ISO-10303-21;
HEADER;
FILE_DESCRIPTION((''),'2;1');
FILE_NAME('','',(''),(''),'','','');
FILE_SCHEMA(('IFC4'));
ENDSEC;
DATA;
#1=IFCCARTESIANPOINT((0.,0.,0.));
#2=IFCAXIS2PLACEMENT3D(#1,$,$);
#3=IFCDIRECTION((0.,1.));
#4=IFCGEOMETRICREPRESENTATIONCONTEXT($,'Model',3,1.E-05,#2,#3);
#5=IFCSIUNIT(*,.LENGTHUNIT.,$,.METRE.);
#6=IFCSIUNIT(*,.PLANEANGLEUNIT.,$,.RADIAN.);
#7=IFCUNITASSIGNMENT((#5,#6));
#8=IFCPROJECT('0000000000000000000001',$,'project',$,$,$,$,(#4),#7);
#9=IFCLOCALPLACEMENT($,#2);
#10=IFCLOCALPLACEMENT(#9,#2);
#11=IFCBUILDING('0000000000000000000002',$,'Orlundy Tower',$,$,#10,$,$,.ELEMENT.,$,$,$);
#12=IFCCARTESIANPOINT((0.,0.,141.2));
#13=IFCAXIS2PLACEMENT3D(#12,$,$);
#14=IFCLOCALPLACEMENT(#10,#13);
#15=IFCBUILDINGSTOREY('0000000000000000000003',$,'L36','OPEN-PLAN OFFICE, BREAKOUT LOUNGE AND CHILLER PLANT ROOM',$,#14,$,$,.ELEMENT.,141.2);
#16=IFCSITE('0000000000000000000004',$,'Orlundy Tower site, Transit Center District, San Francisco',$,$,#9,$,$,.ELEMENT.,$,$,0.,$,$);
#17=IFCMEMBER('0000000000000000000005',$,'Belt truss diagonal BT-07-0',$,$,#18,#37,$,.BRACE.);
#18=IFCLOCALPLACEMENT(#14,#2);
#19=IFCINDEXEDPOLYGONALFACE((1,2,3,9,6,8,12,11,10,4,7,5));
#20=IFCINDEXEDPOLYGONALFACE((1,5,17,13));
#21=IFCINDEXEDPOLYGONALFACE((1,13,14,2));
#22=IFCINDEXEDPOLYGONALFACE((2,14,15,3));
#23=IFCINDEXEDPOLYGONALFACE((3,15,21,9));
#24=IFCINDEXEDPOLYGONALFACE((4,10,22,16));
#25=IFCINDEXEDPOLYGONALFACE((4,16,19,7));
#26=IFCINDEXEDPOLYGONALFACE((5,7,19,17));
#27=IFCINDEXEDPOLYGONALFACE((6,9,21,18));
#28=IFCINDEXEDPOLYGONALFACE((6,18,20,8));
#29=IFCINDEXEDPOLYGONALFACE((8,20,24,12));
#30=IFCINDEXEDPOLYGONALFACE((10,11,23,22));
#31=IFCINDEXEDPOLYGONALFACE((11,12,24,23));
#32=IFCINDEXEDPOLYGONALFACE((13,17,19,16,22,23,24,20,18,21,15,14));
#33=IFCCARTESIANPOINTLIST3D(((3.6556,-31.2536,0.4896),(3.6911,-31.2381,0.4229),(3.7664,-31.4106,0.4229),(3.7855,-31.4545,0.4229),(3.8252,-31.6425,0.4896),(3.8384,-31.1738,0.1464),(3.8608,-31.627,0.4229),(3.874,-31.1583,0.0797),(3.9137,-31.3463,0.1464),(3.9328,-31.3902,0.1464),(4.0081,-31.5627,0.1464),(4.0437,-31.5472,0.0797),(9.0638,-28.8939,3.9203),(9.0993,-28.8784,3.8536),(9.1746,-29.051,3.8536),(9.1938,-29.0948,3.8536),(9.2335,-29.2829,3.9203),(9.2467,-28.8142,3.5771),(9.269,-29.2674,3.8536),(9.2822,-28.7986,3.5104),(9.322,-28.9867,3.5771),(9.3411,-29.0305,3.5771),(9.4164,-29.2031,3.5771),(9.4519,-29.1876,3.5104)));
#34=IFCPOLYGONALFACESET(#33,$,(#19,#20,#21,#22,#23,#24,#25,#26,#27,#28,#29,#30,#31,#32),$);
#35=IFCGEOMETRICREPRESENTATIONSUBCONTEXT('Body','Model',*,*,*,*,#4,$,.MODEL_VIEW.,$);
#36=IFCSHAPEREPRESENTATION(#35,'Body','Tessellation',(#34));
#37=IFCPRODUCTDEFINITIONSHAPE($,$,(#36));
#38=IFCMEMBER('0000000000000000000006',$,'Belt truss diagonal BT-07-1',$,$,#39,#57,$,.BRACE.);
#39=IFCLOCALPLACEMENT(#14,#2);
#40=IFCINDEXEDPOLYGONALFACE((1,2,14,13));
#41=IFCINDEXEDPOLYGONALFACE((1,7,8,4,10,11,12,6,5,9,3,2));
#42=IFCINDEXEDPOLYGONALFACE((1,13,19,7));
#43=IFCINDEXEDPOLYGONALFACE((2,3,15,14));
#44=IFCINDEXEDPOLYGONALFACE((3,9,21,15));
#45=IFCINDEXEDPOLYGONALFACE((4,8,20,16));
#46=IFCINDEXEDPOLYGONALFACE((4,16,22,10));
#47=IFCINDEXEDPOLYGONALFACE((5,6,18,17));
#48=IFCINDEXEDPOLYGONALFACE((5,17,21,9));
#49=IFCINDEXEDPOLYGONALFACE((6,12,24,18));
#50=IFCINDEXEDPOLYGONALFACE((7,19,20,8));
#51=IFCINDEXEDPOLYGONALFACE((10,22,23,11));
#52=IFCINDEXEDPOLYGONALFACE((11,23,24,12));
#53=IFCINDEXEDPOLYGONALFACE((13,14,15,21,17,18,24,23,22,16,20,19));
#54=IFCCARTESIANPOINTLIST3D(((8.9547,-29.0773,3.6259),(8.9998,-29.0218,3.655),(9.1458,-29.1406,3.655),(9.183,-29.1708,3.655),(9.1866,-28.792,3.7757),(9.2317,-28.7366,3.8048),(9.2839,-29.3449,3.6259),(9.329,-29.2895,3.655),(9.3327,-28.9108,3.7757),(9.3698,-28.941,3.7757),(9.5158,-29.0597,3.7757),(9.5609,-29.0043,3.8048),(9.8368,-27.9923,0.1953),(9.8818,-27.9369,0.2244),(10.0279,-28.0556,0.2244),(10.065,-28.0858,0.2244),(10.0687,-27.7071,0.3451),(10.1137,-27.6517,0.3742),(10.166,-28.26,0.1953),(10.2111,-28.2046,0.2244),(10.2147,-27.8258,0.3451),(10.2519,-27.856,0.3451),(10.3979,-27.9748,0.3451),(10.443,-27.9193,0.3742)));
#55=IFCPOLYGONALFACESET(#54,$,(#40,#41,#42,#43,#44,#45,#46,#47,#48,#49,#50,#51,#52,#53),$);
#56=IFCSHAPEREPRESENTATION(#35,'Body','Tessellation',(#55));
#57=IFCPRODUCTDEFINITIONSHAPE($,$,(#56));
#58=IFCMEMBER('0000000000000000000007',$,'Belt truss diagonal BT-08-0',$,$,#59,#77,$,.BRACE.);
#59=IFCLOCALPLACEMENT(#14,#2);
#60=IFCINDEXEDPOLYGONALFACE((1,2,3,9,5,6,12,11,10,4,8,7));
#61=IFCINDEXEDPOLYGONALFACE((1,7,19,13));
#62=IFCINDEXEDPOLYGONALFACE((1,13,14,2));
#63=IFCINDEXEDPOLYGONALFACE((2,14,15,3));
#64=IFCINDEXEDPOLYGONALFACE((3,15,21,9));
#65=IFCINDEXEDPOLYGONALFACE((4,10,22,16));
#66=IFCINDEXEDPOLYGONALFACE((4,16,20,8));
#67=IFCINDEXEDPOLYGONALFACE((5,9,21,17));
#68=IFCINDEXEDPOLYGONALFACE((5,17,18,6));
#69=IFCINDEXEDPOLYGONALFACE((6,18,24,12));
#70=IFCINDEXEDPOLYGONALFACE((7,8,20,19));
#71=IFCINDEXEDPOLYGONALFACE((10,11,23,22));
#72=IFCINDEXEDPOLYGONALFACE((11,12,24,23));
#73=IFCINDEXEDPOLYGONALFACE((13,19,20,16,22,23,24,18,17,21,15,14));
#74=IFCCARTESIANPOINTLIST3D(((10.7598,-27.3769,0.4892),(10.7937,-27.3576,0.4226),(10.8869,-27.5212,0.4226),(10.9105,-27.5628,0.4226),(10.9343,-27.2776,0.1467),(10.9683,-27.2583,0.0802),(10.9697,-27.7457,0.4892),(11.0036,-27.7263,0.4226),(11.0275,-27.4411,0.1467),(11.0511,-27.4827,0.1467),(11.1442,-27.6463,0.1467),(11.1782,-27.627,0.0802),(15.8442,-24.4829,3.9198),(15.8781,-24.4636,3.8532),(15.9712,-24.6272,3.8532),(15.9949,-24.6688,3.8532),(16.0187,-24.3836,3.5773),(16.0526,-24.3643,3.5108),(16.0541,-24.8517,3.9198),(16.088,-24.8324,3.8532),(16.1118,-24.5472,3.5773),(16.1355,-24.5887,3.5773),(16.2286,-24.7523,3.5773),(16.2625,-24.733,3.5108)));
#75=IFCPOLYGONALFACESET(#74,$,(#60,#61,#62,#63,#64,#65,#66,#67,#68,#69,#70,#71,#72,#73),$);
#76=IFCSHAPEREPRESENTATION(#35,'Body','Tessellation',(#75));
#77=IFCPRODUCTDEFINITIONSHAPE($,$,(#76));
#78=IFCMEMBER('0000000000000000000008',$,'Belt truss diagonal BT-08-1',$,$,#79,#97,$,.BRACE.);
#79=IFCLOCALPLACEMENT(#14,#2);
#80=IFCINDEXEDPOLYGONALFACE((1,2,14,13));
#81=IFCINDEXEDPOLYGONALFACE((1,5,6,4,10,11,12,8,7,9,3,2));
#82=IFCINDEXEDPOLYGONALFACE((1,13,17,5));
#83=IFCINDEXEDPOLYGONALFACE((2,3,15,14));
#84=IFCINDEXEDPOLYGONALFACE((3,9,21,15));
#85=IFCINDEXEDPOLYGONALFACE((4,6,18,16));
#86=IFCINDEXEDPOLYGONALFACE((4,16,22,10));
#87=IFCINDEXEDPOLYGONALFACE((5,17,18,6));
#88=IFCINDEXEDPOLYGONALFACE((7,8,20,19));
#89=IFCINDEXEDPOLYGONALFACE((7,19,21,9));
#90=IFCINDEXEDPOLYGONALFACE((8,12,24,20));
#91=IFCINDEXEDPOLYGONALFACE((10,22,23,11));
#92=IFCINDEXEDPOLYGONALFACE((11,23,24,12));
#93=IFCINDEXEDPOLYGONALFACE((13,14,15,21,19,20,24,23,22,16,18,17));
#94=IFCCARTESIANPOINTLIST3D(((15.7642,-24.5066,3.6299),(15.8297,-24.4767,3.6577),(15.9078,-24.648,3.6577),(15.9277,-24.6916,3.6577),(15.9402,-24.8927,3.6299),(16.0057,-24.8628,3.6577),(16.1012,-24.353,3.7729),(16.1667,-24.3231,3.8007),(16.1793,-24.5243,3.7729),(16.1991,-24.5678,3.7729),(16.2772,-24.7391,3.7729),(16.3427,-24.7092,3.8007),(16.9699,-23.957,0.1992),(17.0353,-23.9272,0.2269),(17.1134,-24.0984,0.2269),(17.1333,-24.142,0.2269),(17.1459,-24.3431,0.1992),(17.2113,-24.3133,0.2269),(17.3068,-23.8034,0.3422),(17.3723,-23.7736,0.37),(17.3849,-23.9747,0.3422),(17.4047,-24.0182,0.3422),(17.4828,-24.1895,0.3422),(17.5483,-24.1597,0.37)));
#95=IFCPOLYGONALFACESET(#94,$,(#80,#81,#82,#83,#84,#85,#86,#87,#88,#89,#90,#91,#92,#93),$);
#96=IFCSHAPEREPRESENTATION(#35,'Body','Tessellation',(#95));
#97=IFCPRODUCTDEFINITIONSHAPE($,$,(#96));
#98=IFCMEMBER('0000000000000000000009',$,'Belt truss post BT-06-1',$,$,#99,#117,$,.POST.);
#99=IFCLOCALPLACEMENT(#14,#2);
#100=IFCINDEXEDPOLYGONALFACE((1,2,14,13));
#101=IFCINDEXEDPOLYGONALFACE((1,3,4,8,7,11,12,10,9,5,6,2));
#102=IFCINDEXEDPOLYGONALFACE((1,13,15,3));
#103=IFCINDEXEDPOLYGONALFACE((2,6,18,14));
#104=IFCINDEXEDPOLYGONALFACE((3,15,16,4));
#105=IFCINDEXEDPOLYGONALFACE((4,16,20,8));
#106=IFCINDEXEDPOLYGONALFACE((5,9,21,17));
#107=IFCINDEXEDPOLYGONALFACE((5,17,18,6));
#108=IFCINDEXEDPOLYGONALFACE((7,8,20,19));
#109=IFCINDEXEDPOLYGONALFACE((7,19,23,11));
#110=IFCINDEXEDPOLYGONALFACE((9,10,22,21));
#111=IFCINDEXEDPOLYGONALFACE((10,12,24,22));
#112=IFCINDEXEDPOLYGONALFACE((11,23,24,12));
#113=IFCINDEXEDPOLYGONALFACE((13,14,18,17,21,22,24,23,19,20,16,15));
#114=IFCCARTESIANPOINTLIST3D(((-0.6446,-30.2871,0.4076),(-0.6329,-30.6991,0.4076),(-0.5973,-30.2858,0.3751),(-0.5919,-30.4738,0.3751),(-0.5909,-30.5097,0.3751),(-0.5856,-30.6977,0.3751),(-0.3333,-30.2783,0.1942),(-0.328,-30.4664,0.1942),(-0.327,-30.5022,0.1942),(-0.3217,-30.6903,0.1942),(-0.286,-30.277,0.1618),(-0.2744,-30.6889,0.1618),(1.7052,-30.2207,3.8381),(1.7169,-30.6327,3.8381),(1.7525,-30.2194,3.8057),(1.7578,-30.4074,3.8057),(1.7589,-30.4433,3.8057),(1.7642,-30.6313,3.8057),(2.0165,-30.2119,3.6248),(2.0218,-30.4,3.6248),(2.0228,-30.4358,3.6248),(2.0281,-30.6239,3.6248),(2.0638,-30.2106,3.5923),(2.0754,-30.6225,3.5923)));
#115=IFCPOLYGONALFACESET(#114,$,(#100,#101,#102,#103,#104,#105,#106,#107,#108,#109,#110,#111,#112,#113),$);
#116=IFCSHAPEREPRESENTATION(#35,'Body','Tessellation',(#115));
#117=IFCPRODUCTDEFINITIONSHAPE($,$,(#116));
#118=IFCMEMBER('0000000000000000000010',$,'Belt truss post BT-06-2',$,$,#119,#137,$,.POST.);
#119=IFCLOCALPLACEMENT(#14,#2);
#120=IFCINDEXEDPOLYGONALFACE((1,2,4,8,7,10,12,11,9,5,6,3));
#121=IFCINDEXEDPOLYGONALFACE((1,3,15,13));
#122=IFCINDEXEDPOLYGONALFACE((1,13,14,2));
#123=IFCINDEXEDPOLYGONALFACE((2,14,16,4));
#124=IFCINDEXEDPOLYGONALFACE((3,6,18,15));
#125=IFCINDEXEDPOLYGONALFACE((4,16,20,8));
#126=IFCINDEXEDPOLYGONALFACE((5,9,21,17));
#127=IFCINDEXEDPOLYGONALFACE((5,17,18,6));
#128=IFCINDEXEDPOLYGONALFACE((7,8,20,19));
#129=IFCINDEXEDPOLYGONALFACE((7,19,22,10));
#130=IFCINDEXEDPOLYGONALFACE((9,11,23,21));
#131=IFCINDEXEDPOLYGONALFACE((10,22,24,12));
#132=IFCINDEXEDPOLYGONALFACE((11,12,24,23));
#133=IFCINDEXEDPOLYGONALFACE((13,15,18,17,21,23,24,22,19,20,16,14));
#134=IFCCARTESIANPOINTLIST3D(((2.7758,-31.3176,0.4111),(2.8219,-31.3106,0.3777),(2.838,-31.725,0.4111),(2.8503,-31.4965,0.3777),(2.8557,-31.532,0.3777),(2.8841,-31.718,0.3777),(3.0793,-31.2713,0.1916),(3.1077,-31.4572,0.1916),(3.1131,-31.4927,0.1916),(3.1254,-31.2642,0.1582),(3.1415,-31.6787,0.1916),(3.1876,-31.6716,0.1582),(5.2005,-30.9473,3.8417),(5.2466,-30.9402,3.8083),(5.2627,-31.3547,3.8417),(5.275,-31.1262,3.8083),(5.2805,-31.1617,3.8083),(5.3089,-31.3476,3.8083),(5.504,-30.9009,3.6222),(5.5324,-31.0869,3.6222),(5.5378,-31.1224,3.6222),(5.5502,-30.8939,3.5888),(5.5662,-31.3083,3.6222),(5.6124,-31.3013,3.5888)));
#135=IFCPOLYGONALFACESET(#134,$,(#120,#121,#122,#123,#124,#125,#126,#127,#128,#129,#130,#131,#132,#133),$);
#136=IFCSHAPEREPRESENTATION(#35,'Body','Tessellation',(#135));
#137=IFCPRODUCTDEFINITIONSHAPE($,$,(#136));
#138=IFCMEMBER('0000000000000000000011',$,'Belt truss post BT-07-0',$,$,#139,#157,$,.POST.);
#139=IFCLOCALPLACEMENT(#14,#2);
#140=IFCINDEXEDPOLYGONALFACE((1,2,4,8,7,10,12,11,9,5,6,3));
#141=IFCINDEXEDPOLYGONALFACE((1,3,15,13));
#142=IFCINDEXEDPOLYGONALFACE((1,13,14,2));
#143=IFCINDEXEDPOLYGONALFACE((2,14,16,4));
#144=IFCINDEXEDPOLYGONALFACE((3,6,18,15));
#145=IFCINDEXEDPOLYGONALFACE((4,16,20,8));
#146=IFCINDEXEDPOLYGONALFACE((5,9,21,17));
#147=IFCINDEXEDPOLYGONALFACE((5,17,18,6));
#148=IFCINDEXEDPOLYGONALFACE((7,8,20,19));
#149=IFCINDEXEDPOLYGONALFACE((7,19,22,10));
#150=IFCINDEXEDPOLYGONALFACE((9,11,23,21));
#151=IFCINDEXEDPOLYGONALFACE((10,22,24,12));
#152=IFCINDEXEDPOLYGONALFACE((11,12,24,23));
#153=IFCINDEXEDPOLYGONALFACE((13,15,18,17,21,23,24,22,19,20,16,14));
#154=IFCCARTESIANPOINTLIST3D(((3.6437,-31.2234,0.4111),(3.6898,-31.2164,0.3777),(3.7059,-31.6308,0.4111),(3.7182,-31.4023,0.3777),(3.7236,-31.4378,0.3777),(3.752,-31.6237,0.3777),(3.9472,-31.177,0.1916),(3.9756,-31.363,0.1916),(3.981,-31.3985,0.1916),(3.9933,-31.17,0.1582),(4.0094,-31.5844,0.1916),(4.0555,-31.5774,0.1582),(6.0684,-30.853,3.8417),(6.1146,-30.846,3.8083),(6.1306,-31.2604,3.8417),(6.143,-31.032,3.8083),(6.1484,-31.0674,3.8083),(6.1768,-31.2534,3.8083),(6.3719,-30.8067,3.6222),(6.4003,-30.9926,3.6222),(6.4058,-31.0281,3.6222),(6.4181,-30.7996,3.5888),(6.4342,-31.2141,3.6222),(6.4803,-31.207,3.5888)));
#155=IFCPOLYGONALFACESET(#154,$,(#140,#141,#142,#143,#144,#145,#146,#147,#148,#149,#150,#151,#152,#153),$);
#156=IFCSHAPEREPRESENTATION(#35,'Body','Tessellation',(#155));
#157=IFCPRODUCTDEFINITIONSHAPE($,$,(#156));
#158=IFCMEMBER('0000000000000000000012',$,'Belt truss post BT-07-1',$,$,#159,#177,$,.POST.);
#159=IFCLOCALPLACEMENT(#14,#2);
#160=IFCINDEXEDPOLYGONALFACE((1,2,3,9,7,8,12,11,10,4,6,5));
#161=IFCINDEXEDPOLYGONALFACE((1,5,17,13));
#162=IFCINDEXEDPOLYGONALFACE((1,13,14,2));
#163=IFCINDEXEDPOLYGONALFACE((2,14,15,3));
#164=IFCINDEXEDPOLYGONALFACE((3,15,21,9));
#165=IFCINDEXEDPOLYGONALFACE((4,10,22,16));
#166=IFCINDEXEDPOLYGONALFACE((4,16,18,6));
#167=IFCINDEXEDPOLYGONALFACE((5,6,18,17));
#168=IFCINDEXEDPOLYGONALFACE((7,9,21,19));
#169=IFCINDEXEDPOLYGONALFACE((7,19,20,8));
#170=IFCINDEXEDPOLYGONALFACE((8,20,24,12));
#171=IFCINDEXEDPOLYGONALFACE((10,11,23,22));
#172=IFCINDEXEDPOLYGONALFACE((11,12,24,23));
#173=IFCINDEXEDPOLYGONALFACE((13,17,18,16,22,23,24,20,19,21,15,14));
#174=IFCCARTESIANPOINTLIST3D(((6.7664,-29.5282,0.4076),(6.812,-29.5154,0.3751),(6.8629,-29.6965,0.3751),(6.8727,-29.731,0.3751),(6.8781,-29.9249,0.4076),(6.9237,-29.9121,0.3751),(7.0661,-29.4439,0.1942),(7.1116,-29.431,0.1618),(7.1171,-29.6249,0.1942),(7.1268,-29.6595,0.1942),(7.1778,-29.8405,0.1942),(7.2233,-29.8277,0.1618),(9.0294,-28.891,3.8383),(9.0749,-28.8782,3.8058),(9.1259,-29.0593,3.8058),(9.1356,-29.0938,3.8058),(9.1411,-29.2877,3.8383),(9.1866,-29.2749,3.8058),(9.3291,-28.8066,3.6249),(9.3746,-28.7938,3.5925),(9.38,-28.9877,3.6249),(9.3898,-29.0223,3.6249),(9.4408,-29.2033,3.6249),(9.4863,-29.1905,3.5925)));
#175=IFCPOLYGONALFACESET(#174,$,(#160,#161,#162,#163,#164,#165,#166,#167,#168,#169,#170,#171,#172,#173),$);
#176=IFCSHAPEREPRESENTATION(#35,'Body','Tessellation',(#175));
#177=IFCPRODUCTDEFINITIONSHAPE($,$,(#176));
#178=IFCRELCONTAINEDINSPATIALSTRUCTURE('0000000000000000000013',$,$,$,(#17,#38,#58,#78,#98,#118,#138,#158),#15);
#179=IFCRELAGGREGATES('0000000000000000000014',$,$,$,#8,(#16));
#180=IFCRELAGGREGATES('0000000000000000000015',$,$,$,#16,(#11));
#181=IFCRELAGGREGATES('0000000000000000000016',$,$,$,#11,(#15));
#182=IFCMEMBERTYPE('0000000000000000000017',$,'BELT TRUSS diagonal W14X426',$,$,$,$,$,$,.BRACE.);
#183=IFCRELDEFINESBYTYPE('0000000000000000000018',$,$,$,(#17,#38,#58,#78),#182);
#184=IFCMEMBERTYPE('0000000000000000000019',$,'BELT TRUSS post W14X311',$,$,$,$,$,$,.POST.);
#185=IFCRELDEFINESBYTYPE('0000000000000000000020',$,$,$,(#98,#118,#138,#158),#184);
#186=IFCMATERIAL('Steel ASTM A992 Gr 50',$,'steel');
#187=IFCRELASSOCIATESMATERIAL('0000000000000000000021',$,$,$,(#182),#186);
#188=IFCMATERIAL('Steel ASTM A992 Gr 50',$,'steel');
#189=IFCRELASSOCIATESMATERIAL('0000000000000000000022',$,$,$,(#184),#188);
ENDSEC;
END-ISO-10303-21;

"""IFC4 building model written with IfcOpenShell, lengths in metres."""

from ifc_helpers import new_model, si_unit, direction, frame, origin, origin_2d, place, context, subcontext, project, spatial, i_section, extrude, material, material_profile, profile_set, type_object, element, save


model = new_model("IFC4")

# Units and contexts
model_context = context("Model", 3, precision=1e-05, world=origin(), true_north=direction((0.0, 1.0)))
body_context = subcontext(model_context, "Body", "Model", "MODEL_VIEW")
ifc_project = project(units=[si_unit("LENGTHUNIT", "METRE"), si_unit("PLANEANGLEUNIT", "RADIAN")], contexts=[model_context])

# Site, building, storey
site_placement = place(None, origin())
site = spatial("IfcSite", under=ifc_project, at=site_placement, Name="Orlundy Tower site, Transit Center District, San Francisco", CompositionType="ELEMENT", RefElevation=0.0)
building_placement = place(site_placement, origin())
building = spatial("IfcBuilding", under=site, at=building_placement, Name="Orlundy Tower", CompositionType="ELEMENT")
storey_placement = place(building_placement, frame((0.0, 0.0, 141.2)))
storey = spatial("IfcBuildingStorey", under=building, at=storey_placement, Name="L36", Description="OPEN-PLAN OFFICE, BREAKOUT LOUNGE AND CHILLER PLANT ROOM", CompositionType="ELEMENT", Elevation=141.2)

# Members
ifc_material_1 = material(Name="Steel ASTM A992 Gr 50", Category="steel")
ifc_material_profile_1 = material_profile(ifc_material_1, i_section(OverallWidth=0.4243, OverallDepth=0.4741, WebThickness=0.0479, FlangeThickness=0.0771, at=origin_2d()), Name="W14X426")
ifc_profile_set_1 = profile_set([ifc_material_profile_1], Name="Steel ASTM A992 Gr 50")
member_type_1 = type_object("IfcMemberType", Name="BELT TRUSS diagonal W14X426", PredefinedType="BRACE", material=ifc_profile_set_1)
member_1_placement = place(storey_placement, frame((3.8496, -31.4004, 0.2847), z_axis=(0.792366, 0.345712, 0.502633), x_axis=(-0.399898, 0.91656, 0.0)))
element("IfcMember", 1, at=member_1_placement, inside=storey, type_object=member_type_1, Name="Belt truss diagonal BT-07-0", PredefinedType="BRACE", context=body_context, shape_type="SweptSolid", body=[
    extrude(i_section(OverallWidth=0.4243, OverallDepth=0.4741, WebThickness=0.0479, FlangeThickness=0.0771, at=origin_2d()), origin(), (0.0, 0.0, 1.0), 6.8254),
])
member_2_placement = place(storey_placement, frame((9.2578, -29.0408, 3.7153), z_axis=(0.238099, 0.292862, -0.926035), x_axis=(-0.775922, 0.630829, 0.0)))
element("IfcMember", 2, at=member_2_placement, inside=storey, type_object=member_type_1, Name="Belt truss diagonal BT-07-1", PredefinedType="BRACE", context=body_context, shape_type="SweptSolid", body=[
    extrude(i_section(OverallWidth=0.4243, OverallDepth=0.4741, WebThickness=0.0479, FlangeThickness=0.0771, at=origin_2d()), origin(), (0.0, 0.0, 1.0), 3.7046),
])
member_3_placement = place(storey_placement, frame((10.969, -27.502, 0.2847), z_axis=(0.749691, 0.426718, 0.505841), x_axis=(-0.494673, 0.869079, 0.0)))
element("IfcMember", 3, at=member_3_placement, inside=storey, type_object=member_type_1, Name="Belt truss diagonal BT-08-0", PredefinedType="BRACE", context=body_context, shape_type="SweptSolid", body=[
    extrude(i_section(OverallWidth=0.4243, OverallDepth=0.4741, WebThickness=0.0479, FlangeThickness=0.0771, at=origin_2d()), origin(), (0.0, 0.0, 1.0), 6.782),
])
member_4_placement = place(storey_placement, frame((16.0535, -24.6079, 3.7153), z_axis=(0.327812, 0.149434, -0.93285), x_axis=(-0.414788, 0.909918, 0.0)))
element("IfcMember", 4, at=member_4_placement, inside=storey, type_object=member_type_1, Name="Belt truss diagonal BT-08-1", PredefinedType="BRACE", context=body_context, shape_type="SweptSolid", body=[
    extrude(i_section(OverallWidth=0.4243, OverallDepth=0.4741, WebThickness=0.0479, FlangeThickness=0.0771, at=origin_2d()), origin(), (0.0, 0.0, 1.0), 3.6777),
])
ifc_material_2 = material(Name="Steel ASTM A992 Gr 50", Category="steel")
ifc_material_profile_2 = material_profile(ifc_material_2, i_section(OverallWidth=0.4121, OverallDepth=0.4348, WebThickness=0.0359, FlangeThickness=0.0574, at=origin_2d()), Name="W14X311")
ifc_profile_set_2 = profile_set([ifc_material_profile_2], Name="Steel ASTM A992 Gr 50")
member_type_2 = type_object("IfcMemberType", Name="BELT TRUSS post W14X311", PredefinedType="POST", material=ifc_profile_set_2)
member_5_placement = place(storey_placement, frame((-0.4595, -30.488, 0.2847), z_axis=(0.565031, 0.015968, 0.824915), x_axis=(-0.028248, 0.999601, 0.0)))
element("IfcMember", 5, at=member_5_placement, inside=storey, type_object=member_type_2, Name="Belt truss post BT-06-1", PredefinedType="POST", context=body_context, shape_type="SweptSolid", body=[
    extrude(i_section(OverallWidth=0.4121, OverallDepth=0.4348, WebThickness=0.0359, FlangeThickness=0.0574, at=origin_2d()), origin(), (0.0, 0.0, 1.0), 4.1587),
])
for number, where, z_axis, x_axis, name in (
    (6, (2.9817, -31.4946, 0.2847), (0.574955, 0.087818, 0.813458), (-0.150988, 0.988536, 0.0), "Belt truss post BT-06-2"),
    (7, (3.8496, -31.4004, 0.2847), (0.574955, 0.087818, 0.813458), (-0.150988, 0.988536, 0.0), "Belt truss post BT-07-0"),
):
    element("IfcMember", number, at=place(storey_placement, frame(where, z_axis=z_axis, x_axis=x_axis)), inside=storey, type_object=member_type_2, Name=name, PredefinedType="POST", context=body_context, shape_type="SweptSolid", body=[
        extrude(i_section(OverallWidth=0.4121, OverallDepth=0.4348, WebThickness=0.0359, FlangeThickness=0.0574, at=origin_2d()), origin(), (0.0, 0.0, 1.0), 4.2173),
    ])
member_6_placement = place(storey_placement, frame((6.9949, -29.678, 0.2847), z_axis=(0.544121, 0.153216, 0.824899), x_axis=(-0.271043, 0.962567, 0.0)))
element("IfcMember", 8, at=member_6_placement, inside=storey, type_object=member_type_2, Name="Belt truss post BT-07-1", PredefinedType="POST", context=body_context, shape_type="SweptSolid", body=[
    extrude(i_section(OverallWidth=0.4121, OverallDepth=0.4348, WebThickness=0.0359, FlangeThickness=0.0574, at=origin_2d()), origin(), (0.0, 0.0, 1.0), 4.1589),
])

save(model, "model.ifc")
